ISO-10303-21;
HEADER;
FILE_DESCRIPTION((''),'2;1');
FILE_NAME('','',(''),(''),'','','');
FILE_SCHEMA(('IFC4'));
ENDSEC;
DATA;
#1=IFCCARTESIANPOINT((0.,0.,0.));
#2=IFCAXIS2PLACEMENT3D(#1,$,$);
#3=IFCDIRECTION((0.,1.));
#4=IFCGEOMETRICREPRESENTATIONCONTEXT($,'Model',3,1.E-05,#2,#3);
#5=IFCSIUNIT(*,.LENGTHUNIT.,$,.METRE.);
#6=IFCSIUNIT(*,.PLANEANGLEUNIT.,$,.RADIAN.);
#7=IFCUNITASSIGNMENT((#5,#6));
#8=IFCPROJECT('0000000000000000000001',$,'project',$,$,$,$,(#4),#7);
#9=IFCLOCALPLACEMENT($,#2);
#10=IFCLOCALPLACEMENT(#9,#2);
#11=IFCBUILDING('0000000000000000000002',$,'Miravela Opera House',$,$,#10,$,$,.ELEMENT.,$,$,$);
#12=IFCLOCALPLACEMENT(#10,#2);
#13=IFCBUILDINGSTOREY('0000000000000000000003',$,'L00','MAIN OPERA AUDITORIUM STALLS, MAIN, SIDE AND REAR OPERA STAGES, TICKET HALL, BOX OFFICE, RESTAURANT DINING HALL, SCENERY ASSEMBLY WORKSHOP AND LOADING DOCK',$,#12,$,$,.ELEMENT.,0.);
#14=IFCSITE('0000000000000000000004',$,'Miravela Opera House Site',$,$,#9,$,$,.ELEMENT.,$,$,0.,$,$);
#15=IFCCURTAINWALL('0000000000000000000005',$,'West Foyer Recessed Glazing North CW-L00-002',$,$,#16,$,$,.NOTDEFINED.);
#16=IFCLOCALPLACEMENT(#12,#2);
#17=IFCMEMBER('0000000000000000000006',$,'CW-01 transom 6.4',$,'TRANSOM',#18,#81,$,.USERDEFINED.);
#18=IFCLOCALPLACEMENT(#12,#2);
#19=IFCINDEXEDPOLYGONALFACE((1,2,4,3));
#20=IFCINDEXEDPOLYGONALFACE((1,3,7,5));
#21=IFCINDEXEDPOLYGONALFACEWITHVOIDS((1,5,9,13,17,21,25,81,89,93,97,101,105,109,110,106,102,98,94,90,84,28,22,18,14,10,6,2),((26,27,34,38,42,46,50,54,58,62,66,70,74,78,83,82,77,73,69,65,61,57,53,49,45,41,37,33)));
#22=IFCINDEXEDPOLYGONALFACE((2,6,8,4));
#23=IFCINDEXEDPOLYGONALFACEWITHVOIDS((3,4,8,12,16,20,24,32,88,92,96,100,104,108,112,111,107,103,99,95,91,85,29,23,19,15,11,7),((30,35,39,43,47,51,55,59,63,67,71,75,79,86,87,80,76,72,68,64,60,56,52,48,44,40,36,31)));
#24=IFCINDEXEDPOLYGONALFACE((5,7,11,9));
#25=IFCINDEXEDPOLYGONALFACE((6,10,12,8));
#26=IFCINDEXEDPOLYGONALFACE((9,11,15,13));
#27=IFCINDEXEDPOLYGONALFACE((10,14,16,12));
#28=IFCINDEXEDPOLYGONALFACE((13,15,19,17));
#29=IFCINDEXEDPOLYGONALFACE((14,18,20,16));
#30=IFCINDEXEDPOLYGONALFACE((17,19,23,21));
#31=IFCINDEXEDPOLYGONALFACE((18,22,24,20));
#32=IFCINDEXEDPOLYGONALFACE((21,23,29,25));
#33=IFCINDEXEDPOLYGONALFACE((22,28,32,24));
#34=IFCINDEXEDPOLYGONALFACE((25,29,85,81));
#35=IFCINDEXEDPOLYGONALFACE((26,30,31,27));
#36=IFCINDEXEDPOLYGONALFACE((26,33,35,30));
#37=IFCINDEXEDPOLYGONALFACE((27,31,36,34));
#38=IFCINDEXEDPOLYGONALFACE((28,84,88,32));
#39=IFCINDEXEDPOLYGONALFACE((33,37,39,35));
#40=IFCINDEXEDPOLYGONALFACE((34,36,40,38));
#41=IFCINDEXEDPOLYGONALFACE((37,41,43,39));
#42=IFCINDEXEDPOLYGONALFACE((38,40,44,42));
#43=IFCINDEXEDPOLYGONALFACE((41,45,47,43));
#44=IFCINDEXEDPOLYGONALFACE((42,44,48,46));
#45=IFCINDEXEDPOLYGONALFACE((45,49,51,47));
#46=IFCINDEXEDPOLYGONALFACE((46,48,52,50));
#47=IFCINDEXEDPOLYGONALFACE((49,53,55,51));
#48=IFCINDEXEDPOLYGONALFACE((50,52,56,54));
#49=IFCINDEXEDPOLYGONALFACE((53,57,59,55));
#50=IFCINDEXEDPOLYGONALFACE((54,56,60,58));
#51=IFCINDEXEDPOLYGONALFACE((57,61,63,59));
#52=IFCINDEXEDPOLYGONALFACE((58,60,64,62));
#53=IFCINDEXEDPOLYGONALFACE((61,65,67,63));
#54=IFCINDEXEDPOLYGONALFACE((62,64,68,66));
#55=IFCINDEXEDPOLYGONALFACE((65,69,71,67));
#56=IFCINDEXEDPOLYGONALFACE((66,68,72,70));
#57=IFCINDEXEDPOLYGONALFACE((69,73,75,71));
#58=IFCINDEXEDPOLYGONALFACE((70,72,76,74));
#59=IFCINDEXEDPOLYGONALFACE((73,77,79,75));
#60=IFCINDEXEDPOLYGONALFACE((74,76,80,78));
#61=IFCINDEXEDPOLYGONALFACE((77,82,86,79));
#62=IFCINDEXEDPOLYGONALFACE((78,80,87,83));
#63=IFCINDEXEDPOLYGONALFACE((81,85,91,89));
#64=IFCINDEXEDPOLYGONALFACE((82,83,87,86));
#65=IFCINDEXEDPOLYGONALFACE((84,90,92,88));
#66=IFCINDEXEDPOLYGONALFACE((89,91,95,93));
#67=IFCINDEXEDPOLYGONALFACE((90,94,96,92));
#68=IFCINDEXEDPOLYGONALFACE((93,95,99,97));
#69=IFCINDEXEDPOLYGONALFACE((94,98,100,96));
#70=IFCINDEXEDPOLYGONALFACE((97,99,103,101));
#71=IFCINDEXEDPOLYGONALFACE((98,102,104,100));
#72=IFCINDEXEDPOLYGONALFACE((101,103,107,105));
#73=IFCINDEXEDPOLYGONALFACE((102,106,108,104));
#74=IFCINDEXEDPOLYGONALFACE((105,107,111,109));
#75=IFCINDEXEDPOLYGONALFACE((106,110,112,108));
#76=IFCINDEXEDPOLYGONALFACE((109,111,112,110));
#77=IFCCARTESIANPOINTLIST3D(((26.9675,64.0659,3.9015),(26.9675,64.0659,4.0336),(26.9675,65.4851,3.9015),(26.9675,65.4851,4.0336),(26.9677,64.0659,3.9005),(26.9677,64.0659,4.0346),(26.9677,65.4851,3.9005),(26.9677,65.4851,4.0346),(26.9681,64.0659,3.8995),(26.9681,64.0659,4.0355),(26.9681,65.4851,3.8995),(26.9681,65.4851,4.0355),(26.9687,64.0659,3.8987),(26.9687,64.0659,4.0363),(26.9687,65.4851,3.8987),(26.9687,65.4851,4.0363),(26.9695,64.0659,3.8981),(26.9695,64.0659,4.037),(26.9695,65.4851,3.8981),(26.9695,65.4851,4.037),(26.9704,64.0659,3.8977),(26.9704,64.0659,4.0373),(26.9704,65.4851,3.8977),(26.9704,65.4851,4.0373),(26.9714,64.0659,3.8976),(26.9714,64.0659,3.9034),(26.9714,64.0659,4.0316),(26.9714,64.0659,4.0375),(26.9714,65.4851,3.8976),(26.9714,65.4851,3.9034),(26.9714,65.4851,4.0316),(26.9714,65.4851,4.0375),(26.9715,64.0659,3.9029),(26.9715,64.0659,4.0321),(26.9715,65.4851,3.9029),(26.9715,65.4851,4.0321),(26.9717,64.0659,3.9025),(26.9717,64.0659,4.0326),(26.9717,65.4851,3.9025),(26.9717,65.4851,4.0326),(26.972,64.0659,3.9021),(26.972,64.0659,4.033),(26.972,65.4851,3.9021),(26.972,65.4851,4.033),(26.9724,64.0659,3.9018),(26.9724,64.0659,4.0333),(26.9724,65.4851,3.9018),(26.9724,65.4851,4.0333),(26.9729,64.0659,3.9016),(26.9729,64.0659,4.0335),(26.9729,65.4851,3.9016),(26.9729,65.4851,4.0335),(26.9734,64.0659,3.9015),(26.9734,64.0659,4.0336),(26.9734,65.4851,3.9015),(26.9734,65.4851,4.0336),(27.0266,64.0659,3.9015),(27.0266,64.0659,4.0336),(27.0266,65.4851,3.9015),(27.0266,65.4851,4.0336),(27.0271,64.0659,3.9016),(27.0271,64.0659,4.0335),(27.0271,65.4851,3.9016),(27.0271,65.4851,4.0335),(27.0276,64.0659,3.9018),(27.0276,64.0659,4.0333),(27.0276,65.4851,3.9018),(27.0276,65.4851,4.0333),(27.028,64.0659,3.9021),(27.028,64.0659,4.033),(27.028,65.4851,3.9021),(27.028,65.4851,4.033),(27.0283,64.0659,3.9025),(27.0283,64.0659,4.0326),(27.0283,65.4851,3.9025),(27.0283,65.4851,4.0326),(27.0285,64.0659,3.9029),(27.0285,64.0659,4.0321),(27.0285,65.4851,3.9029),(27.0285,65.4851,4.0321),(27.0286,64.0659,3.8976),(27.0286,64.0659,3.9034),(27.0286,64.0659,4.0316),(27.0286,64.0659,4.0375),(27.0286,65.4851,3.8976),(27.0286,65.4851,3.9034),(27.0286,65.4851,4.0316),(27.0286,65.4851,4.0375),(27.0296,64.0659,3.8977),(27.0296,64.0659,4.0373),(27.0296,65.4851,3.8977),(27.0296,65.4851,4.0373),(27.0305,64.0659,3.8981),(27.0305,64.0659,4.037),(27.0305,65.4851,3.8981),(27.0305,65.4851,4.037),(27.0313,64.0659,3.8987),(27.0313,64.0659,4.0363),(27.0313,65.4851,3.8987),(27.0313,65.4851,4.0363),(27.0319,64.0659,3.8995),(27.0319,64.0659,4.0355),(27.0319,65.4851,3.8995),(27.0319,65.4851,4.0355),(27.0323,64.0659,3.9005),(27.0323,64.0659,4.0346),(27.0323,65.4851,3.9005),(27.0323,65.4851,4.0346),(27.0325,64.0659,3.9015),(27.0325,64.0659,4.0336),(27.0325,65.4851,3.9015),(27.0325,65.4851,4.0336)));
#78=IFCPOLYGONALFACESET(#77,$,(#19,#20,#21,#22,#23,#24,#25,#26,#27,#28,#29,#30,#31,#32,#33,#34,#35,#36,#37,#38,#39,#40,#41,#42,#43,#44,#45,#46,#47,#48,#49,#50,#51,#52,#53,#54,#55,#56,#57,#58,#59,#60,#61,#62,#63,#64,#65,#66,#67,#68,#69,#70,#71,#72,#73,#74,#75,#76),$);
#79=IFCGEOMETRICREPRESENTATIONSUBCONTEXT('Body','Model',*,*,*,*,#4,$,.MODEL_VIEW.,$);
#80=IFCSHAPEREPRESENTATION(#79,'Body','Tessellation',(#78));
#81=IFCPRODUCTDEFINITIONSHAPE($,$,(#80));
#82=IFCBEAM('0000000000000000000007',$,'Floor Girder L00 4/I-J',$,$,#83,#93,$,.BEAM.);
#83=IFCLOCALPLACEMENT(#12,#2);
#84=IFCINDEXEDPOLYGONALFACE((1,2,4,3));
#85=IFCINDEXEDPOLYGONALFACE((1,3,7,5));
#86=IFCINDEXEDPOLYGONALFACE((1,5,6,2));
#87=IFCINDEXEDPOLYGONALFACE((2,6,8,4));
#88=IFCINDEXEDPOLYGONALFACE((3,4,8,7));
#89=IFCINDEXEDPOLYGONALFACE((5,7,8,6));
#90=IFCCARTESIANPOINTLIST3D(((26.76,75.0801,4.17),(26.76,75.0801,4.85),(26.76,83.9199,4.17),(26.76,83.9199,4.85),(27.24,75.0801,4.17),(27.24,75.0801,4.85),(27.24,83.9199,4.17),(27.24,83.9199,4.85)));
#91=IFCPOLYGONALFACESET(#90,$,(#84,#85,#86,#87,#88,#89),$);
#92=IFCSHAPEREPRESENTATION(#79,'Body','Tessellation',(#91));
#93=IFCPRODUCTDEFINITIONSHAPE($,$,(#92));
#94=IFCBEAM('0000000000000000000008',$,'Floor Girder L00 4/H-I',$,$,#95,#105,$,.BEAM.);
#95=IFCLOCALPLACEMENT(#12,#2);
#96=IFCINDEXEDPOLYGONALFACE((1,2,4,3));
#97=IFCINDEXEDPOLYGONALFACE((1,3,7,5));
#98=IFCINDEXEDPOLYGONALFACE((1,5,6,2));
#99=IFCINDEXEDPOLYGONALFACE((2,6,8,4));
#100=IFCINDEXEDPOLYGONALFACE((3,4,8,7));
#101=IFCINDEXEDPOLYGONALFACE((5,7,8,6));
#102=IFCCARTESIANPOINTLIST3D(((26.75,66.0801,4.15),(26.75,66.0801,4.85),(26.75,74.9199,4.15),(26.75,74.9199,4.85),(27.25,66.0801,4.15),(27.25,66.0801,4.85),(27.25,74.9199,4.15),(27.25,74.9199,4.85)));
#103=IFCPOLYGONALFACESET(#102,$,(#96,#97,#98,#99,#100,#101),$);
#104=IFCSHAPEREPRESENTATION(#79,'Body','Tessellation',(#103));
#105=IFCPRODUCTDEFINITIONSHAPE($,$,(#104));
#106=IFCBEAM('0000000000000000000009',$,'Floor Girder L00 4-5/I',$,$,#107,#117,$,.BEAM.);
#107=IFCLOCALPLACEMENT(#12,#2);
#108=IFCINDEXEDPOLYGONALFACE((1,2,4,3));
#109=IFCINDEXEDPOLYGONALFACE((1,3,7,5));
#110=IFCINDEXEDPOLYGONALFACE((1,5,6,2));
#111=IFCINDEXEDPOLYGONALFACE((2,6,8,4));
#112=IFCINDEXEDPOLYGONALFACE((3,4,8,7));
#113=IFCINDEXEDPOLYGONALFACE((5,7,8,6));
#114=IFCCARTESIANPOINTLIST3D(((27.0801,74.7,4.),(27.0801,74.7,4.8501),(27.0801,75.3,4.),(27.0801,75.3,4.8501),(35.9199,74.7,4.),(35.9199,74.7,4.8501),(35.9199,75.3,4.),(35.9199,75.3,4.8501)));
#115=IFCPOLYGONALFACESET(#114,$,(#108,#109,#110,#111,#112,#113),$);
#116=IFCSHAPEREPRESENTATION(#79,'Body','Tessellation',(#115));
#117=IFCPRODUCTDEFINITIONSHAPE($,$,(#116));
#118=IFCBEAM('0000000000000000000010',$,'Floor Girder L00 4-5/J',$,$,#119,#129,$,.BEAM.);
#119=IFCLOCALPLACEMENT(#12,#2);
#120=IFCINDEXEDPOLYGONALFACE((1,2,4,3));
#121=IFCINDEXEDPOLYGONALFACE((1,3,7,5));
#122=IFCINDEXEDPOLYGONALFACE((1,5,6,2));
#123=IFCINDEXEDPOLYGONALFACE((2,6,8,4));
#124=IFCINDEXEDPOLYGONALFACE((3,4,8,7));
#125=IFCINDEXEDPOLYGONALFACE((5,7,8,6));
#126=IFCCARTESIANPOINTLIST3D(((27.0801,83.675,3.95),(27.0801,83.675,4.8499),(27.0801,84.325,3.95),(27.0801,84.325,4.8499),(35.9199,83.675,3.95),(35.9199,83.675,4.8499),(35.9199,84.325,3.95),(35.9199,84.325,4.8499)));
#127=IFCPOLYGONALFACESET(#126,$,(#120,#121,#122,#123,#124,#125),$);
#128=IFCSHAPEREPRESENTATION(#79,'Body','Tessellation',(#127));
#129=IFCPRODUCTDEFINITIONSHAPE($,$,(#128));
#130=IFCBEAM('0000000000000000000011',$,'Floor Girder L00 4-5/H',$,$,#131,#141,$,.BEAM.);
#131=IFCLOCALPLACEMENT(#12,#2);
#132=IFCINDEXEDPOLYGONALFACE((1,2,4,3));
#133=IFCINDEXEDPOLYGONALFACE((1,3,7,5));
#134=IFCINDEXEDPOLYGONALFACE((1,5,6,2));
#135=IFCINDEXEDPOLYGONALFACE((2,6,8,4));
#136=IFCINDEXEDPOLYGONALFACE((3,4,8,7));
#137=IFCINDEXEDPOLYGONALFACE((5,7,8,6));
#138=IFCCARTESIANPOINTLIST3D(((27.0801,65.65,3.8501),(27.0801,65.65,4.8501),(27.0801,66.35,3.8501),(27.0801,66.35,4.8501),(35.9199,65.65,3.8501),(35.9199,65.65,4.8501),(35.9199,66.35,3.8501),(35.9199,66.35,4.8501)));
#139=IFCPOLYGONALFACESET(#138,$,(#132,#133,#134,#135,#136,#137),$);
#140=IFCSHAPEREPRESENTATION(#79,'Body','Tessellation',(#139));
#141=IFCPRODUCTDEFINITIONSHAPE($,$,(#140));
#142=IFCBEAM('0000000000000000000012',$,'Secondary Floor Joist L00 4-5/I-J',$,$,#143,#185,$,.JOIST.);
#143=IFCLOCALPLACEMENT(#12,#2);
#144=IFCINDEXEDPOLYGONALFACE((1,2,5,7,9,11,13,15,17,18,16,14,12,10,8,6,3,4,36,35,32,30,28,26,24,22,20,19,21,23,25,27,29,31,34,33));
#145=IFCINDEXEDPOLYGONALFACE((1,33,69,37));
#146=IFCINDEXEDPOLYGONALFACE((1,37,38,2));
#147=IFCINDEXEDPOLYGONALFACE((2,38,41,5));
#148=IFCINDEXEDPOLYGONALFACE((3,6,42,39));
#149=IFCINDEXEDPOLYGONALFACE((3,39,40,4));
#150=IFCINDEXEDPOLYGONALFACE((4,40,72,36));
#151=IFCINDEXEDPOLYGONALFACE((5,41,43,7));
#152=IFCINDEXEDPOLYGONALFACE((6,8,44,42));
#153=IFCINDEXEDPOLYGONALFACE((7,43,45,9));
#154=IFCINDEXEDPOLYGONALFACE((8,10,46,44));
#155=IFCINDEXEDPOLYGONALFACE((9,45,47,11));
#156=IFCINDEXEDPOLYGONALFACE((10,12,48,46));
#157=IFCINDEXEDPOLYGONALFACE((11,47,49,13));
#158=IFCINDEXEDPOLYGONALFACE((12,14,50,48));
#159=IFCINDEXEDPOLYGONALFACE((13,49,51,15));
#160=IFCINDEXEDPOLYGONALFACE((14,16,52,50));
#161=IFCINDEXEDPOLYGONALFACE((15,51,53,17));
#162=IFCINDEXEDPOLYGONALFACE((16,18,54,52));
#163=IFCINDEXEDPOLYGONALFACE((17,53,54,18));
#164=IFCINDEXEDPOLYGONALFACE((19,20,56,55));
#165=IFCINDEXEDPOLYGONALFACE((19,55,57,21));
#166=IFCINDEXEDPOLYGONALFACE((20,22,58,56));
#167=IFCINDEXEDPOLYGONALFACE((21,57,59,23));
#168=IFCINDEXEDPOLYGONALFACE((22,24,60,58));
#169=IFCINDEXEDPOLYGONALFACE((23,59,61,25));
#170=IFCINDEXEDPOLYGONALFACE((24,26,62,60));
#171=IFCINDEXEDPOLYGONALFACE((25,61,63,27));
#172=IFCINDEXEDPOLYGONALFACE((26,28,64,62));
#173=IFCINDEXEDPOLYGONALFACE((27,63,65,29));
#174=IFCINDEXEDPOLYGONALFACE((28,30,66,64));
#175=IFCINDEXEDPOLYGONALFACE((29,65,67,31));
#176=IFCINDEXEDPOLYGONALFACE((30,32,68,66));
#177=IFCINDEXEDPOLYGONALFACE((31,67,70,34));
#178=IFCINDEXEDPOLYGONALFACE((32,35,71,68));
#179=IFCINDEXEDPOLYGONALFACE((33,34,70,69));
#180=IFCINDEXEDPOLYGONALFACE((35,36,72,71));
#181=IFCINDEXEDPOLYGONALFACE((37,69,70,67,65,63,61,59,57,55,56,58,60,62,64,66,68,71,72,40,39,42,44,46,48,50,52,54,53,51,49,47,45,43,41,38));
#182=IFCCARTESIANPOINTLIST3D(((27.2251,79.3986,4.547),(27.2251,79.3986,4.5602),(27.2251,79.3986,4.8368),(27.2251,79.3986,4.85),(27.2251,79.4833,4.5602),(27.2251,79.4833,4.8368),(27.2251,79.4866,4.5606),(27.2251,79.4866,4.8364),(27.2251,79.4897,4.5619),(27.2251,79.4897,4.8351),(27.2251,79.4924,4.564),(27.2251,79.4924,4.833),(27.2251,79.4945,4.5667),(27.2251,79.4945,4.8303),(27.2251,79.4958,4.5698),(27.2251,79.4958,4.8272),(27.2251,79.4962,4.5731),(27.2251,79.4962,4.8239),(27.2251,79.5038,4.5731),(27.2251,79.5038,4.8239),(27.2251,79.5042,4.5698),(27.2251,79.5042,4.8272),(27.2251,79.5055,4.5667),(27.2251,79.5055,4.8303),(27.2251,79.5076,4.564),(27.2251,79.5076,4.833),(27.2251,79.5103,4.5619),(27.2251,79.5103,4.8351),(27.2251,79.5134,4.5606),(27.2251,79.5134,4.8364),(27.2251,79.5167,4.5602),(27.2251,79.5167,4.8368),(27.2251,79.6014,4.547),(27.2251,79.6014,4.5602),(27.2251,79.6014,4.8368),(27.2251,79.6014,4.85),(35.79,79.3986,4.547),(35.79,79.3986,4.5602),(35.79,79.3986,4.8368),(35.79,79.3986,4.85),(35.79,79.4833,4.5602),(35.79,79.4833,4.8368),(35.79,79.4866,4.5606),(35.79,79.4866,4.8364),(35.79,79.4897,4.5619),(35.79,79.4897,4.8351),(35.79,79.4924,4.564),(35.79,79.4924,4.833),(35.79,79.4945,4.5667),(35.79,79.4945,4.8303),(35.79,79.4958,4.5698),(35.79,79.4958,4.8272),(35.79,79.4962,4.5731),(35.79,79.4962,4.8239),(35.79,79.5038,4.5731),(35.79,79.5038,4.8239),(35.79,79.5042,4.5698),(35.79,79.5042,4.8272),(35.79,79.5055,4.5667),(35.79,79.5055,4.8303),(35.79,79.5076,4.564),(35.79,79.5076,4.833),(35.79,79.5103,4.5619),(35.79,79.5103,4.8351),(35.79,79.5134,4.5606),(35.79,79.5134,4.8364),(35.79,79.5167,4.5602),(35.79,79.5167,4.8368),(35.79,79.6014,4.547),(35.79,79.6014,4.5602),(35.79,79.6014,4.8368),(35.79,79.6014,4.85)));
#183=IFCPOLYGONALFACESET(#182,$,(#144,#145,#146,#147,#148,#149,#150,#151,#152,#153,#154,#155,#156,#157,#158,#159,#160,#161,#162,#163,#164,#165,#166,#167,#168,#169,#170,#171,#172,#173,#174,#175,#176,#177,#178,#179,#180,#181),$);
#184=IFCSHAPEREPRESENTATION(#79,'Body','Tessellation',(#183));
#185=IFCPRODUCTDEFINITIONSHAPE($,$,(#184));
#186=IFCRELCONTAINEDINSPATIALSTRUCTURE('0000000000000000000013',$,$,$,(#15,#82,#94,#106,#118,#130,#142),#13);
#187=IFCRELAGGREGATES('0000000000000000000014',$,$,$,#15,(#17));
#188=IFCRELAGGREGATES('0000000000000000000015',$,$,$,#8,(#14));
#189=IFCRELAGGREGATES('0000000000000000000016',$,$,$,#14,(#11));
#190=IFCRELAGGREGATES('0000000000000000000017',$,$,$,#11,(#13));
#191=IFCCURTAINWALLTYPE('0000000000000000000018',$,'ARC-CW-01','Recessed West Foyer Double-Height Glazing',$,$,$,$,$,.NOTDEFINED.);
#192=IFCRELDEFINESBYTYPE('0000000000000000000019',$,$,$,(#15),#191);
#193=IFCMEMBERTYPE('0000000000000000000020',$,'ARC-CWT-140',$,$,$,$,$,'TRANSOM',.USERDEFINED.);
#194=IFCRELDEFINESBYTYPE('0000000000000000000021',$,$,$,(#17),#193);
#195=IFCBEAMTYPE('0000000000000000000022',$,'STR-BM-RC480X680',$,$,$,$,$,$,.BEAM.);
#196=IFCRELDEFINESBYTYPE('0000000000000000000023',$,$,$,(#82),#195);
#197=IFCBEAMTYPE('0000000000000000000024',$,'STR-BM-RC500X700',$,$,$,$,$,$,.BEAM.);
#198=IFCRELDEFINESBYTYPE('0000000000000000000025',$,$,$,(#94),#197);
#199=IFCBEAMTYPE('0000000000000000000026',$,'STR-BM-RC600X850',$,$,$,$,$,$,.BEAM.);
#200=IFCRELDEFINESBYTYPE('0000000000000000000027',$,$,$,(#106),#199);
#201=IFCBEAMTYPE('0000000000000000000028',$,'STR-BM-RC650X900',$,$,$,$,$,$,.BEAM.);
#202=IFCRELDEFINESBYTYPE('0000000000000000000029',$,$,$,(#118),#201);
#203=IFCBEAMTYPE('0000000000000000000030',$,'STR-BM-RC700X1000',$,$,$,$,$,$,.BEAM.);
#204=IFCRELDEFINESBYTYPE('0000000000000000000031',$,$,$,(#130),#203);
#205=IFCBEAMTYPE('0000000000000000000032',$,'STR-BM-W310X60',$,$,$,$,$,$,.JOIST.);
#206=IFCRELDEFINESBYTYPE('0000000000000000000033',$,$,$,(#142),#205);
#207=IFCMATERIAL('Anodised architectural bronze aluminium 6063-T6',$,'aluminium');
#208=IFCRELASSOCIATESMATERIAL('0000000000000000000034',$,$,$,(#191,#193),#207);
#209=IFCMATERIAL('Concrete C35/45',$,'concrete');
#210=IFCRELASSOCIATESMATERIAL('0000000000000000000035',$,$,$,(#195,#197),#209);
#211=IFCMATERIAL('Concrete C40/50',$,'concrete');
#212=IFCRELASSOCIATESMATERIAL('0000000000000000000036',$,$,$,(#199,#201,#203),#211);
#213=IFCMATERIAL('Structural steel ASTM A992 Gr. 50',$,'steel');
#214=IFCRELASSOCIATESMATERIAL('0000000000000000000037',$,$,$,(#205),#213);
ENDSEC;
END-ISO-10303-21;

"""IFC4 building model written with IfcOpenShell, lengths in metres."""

from ifc_helpers import new_model, si_unit, direction, frame, origin, origin_2d, place, context, subcontext, project, spatial, rectangle, hollow_rectangle, i_section, extrude, material, material_profile, profile_set, type_object, element, aggregate, save


model = new_model("IFC4")

# Units and contexts
model_context = context("Model", 3, precision=1e-05, world=origin(), true_north=direction((0.0, 1.0)))
body_context = subcontext(model_context, "Body", "Model", "MODEL_VIEW")
ifc_project = project(units=[si_unit("LENGTHUNIT", "METRE"), si_unit("PLANEANGLEUNIT", "RADIAN")], contexts=[model_context])

# Site, building, storey
site_placement = place(None, origin())
site = spatial("IfcSite", under=ifc_project, at=site_placement, Name="Miravela Opera House Site", CompositionType="ELEMENT", RefElevation=0.0)
building_placement = place(site_placement, origin())
building = spatial("IfcBuilding", under=site, at=building_placement, Name="Miravela Opera House", CompositionType="ELEMENT")
storey_placement = place(building_placement, origin())
storey = spatial("IfcBuildingStorey", under=building, at=storey_placement, Name="L00", Description="MAIN OPERA AUDITORIUM STALLS, MAIN, SIDE AND REAR OPERA STAGES, TICKET HALL, BOX OFFICE, RESTAURANT DINING HALL, SCENERY ASSEMBLY WORKSHOP AND LOADING DOCK", CompositionType="ELEMENT", Elevation=0.0)

# Shared definitions
ifc_material_1 = material(Name="Concrete C35/45", Category="concrete")
ifc_material_2 = material(Name="Concrete C40/50", Category="concrete")

# Curtain wall, member
ifc_material_3 = material(Name="Anodised architectural bronze aluminium 6063-T6", Category="aluminium")
curtain_wall_type = type_object("IfcCurtainWallType", Name="ARC-CW-01", Description="Recessed West Foyer Double-Height Glazing", PredefinedType="NOTDEFINED", material=ifc_material_3)
curtain_wall_placement = place(storey_placement, origin())
curtain_wall = element("IfcCurtainWall", 1, at=curtain_wall_placement, inside=storey, type_object=curtain_wall_type, Name="West Foyer Recessed Glazing North CW-L00-002", PredefinedType="NOTDEFINED")
ifc_material_profile_1 = material_profile(ifc_material_3, hollow_rectangle(XDim=0.0649, YDim=0.1399, WallThickness=0.0039, InnerFilletRadius=0.002, OuterFilletRadius=0.0039, at=origin_2d()), Name="CWT-65X140")
ifc_profile_set_1 = profile_set([ifc_material_profile_1])
member_type_1 = type_object("IfcMemberType", Name="ARC-CWT-140", ElementType="TRANSOM", PredefinedType="USERDEFINED", material=ifc_profile_set_1)
member_1_placement = place(storey_placement, frame((27.0, 64.0659, 3.9675), z_axis=(0.0, 1.0, 0.0), x_axis=(-1.0, 0.0, 0.0)))
member_1 = element("IfcMember", 2, at=member_1_placement, type_object=member_type_1, Name="CW-01 transom 6.4", ObjectType="TRANSOM", PredefinedType="USERDEFINED", context=body_context, shape_type="SweptSolid", body=[
    extrude(hollow_rectangle(XDim=0.0649, YDim=0.1399, WallThickness=0.0039, InnerFilletRadius=0.002, OuterFilletRadius=0.0039, at=origin_2d()), origin(), (0.0, 0.0, 1.0), 1.4192),
])

# Beams
ifc_material_profile_2 = material_profile(ifc_material_1, rectangle(XDim=0.48, YDim=0.6799, at=origin_2d()), Name="RC-BM-480X680")
ifc_profile_set_2 = profile_set([ifc_material_profile_2])
beam_type_1 = type_object("IfcBeamType", Name="STR-BM-RC480X680", PredefinedType="BEAM", material=ifc_profile_set_2)
beam_1_placement = place(storey_placement, frame((27.0, 75.0801, 4.51), z_axis=(0.0, 1.0, 0.0), x_axis=(-1.0, 0.0, 0.0)))
element("IfcBeam", 3, at=beam_1_placement, inside=storey, type_object=beam_type_1, Name="Floor Girder L00 4/I-J", PredefinedType="BEAM", context=body_context, shape_type="SweptSolid", body=[
    extrude(rectangle(XDim=0.48, YDim=0.6799, at=origin_2d()), origin(), (0.0, 0.0, 1.0), 8.8398),
])
ifc_material_profile_3 = material_profile(ifc_material_1, rectangle(XDim=0.5, YDim=0.7, at=origin_2d()), Name="RC-BM-500X700")
ifc_profile_set_3 = profile_set([ifc_material_profile_3])
beam_type_2 = type_object("IfcBeamType", Name="STR-BM-RC500X700", PredefinedType="BEAM", material=ifc_profile_set_3)
beam_2_placement = place(storey_placement, frame((27.0, 66.0801, 4.5), z_axis=(0.0, 1.0, 0.0), x_axis=(-1.0, 0.0, 0.0)))
element("IfcBeam", 4, at=beam_2_placement, inside=storey, type_object=beam_type_2, Name="Floor Girder L00 4/H-I", PredefinedType="BEAM", context=body_context, shape_type="SweptSolid", body=[
    extrude(rectangle(XDim=0.5, YDim=0.7, at=origin_2d()), origin(), (0.0, 0.0, 1.0), 8.8398),
])
ifc_material_profile_4 = material_profile(ifc_material_2, rectangle(XDim=0.6001, YDim=0.8501, at=origin_2d()), Name="RC-BM-600X850")
ifc_profile_set_4 = profile_set([ifc_material_profile_4])
beam_type_3 = type_object("IfcBeamType", Name="STR-BM-RC600X850", PredefinedType="BEAM", material=ifc_profile_set_4)
beam_3_placement = place(storey_placement, frame((27.0801, 75.0, 4.425), z_axis=(1.0, 0.0, 0.0), x_axis=(0.0, 1.0, 0.0)))
element("IfcBeam", 5, at=beam_3_placement, inside=storey, type_object=beam_type_3, Name="Floor Girder L00 4-5/I", PredefinedType="BEAM", context=body_context, shape_type="SweptSolid", body=[
    extrude(rectangle(XDim=0.6001, YDim=0.8501, at=origin_2d()), origin(), (0.0, 0.0, 1.0), 8.8398),
])
ifc_material_profile_5 = material_profile(ifc_material_2, rectangle(XDim=0.6499, YDim=0.8999, at=origin_2d()), Name="RC-BM-650X900")
ifc_profile_set_5 = profile_set([ifc_material_profile_5])
beam_type_4 = type_object("IfcBeamType", Name="STR-BM-RC650X900", PredefinedType="BEAM", material=ifc_profile_set_5)
beam_4_placement = place(storey_placement, frame((27.0801, 84.0, 4.3999), z_axis=(1.0, 0.0, 0.0), x_axis=(0.0, 1.0, 0.0)))
element("IfcBeam", 6, at=beam_4_placement, inside=storey, type_object=beam_type_4, Name="Floor Girder L00 4-5/J", PredefinedType="BEAM", context=body_context, shape_type="SweptSolid", body=[
    extrude(rectangle(XDim=0.6499, YDim=0.8999, at=origin_2d()), origin(), (0.0, 0.0, 1.0), 8.8398),
])
ifc_material_profile_6 = material_profile(ifc_material_2, rectangle(XDim=0.7, YDim=1.0, at=origin_2d()), Name="RC-BM-700X1000")
ifc_profile_set_6 = profile_set([ifc_material_profile_6])
beam_type_5 = type_object("IfcBeamType", Name="STR-BM-RC700X1000", PredefinedType="BEAM", material=ifc_profile_set_6)
beam_5_placement = place(storey_placement, frame((27.0801, 66.0, 4.3501), z_axis=(1.0, 0.0, 0.0), x_axis=(0.0, 1.0, 0.0)))
element("IfcBeam", 7, at=beam_5_placement, inside=storey, type_object=beam_type_5, Name="Floor Girder L00 4-5/H", PredefinedType="BEAM", context=body_context, shape_type="SweptSolid", body=[
    extrude(rectangle(XDim=0.7, YDim=1.0, at=origin_2d()), origin(), (0.0, 0.0, 1.0), 8.8398),
])
ifc_material_4 = material(Name="Structural steel ASTM A992 Gr. 50", Category="steel")
ifc_material_profile_7 = material_profile(ifc_material_4, i_section(OverallWidth=0.2029, OverallDepth=0.303, WebThickness=0.0076, FlangeThickness=0.0132, FilletRadius=0.0129, at=origin_2d()), Name="W310X60")
ifc_profile_set_7 = profile_set([ifc_material_profile_7])
beam_type_6 = type_object("IfcBeamType", Name="STR-BM-W310X60", PredefinedType="JOIST", material=ifc_profile_set_7)
beam_6_placement = place(storey_placement, frame((27.2251, 79.5, 4.6985), z_axis=(1.0, 0.0, 0.0), x_axis=(0.0, 1.0, 0.0)))
element("IfcBeam", 8, at=beam_6_placement, inside=storey, type_object=beam_type_6, Name="Secondary Floor Joist L00 4-5/I-J", PredefinedType="JOIST", context=body_context, shape_type="SweptSolid", body=[
    extrude(i_section(OverallWidth=0.2029, OverallDepth=0.303, WebThickness=0.0076, FlangeThickness=0.0132, FilletRadius=0.0129, at=origin_2d()), origin(), (0.0, 0.0, 1.0), 8.5649),
])

aggregate(curtain_wall, [member_1])

save(model, "model.ifc")
